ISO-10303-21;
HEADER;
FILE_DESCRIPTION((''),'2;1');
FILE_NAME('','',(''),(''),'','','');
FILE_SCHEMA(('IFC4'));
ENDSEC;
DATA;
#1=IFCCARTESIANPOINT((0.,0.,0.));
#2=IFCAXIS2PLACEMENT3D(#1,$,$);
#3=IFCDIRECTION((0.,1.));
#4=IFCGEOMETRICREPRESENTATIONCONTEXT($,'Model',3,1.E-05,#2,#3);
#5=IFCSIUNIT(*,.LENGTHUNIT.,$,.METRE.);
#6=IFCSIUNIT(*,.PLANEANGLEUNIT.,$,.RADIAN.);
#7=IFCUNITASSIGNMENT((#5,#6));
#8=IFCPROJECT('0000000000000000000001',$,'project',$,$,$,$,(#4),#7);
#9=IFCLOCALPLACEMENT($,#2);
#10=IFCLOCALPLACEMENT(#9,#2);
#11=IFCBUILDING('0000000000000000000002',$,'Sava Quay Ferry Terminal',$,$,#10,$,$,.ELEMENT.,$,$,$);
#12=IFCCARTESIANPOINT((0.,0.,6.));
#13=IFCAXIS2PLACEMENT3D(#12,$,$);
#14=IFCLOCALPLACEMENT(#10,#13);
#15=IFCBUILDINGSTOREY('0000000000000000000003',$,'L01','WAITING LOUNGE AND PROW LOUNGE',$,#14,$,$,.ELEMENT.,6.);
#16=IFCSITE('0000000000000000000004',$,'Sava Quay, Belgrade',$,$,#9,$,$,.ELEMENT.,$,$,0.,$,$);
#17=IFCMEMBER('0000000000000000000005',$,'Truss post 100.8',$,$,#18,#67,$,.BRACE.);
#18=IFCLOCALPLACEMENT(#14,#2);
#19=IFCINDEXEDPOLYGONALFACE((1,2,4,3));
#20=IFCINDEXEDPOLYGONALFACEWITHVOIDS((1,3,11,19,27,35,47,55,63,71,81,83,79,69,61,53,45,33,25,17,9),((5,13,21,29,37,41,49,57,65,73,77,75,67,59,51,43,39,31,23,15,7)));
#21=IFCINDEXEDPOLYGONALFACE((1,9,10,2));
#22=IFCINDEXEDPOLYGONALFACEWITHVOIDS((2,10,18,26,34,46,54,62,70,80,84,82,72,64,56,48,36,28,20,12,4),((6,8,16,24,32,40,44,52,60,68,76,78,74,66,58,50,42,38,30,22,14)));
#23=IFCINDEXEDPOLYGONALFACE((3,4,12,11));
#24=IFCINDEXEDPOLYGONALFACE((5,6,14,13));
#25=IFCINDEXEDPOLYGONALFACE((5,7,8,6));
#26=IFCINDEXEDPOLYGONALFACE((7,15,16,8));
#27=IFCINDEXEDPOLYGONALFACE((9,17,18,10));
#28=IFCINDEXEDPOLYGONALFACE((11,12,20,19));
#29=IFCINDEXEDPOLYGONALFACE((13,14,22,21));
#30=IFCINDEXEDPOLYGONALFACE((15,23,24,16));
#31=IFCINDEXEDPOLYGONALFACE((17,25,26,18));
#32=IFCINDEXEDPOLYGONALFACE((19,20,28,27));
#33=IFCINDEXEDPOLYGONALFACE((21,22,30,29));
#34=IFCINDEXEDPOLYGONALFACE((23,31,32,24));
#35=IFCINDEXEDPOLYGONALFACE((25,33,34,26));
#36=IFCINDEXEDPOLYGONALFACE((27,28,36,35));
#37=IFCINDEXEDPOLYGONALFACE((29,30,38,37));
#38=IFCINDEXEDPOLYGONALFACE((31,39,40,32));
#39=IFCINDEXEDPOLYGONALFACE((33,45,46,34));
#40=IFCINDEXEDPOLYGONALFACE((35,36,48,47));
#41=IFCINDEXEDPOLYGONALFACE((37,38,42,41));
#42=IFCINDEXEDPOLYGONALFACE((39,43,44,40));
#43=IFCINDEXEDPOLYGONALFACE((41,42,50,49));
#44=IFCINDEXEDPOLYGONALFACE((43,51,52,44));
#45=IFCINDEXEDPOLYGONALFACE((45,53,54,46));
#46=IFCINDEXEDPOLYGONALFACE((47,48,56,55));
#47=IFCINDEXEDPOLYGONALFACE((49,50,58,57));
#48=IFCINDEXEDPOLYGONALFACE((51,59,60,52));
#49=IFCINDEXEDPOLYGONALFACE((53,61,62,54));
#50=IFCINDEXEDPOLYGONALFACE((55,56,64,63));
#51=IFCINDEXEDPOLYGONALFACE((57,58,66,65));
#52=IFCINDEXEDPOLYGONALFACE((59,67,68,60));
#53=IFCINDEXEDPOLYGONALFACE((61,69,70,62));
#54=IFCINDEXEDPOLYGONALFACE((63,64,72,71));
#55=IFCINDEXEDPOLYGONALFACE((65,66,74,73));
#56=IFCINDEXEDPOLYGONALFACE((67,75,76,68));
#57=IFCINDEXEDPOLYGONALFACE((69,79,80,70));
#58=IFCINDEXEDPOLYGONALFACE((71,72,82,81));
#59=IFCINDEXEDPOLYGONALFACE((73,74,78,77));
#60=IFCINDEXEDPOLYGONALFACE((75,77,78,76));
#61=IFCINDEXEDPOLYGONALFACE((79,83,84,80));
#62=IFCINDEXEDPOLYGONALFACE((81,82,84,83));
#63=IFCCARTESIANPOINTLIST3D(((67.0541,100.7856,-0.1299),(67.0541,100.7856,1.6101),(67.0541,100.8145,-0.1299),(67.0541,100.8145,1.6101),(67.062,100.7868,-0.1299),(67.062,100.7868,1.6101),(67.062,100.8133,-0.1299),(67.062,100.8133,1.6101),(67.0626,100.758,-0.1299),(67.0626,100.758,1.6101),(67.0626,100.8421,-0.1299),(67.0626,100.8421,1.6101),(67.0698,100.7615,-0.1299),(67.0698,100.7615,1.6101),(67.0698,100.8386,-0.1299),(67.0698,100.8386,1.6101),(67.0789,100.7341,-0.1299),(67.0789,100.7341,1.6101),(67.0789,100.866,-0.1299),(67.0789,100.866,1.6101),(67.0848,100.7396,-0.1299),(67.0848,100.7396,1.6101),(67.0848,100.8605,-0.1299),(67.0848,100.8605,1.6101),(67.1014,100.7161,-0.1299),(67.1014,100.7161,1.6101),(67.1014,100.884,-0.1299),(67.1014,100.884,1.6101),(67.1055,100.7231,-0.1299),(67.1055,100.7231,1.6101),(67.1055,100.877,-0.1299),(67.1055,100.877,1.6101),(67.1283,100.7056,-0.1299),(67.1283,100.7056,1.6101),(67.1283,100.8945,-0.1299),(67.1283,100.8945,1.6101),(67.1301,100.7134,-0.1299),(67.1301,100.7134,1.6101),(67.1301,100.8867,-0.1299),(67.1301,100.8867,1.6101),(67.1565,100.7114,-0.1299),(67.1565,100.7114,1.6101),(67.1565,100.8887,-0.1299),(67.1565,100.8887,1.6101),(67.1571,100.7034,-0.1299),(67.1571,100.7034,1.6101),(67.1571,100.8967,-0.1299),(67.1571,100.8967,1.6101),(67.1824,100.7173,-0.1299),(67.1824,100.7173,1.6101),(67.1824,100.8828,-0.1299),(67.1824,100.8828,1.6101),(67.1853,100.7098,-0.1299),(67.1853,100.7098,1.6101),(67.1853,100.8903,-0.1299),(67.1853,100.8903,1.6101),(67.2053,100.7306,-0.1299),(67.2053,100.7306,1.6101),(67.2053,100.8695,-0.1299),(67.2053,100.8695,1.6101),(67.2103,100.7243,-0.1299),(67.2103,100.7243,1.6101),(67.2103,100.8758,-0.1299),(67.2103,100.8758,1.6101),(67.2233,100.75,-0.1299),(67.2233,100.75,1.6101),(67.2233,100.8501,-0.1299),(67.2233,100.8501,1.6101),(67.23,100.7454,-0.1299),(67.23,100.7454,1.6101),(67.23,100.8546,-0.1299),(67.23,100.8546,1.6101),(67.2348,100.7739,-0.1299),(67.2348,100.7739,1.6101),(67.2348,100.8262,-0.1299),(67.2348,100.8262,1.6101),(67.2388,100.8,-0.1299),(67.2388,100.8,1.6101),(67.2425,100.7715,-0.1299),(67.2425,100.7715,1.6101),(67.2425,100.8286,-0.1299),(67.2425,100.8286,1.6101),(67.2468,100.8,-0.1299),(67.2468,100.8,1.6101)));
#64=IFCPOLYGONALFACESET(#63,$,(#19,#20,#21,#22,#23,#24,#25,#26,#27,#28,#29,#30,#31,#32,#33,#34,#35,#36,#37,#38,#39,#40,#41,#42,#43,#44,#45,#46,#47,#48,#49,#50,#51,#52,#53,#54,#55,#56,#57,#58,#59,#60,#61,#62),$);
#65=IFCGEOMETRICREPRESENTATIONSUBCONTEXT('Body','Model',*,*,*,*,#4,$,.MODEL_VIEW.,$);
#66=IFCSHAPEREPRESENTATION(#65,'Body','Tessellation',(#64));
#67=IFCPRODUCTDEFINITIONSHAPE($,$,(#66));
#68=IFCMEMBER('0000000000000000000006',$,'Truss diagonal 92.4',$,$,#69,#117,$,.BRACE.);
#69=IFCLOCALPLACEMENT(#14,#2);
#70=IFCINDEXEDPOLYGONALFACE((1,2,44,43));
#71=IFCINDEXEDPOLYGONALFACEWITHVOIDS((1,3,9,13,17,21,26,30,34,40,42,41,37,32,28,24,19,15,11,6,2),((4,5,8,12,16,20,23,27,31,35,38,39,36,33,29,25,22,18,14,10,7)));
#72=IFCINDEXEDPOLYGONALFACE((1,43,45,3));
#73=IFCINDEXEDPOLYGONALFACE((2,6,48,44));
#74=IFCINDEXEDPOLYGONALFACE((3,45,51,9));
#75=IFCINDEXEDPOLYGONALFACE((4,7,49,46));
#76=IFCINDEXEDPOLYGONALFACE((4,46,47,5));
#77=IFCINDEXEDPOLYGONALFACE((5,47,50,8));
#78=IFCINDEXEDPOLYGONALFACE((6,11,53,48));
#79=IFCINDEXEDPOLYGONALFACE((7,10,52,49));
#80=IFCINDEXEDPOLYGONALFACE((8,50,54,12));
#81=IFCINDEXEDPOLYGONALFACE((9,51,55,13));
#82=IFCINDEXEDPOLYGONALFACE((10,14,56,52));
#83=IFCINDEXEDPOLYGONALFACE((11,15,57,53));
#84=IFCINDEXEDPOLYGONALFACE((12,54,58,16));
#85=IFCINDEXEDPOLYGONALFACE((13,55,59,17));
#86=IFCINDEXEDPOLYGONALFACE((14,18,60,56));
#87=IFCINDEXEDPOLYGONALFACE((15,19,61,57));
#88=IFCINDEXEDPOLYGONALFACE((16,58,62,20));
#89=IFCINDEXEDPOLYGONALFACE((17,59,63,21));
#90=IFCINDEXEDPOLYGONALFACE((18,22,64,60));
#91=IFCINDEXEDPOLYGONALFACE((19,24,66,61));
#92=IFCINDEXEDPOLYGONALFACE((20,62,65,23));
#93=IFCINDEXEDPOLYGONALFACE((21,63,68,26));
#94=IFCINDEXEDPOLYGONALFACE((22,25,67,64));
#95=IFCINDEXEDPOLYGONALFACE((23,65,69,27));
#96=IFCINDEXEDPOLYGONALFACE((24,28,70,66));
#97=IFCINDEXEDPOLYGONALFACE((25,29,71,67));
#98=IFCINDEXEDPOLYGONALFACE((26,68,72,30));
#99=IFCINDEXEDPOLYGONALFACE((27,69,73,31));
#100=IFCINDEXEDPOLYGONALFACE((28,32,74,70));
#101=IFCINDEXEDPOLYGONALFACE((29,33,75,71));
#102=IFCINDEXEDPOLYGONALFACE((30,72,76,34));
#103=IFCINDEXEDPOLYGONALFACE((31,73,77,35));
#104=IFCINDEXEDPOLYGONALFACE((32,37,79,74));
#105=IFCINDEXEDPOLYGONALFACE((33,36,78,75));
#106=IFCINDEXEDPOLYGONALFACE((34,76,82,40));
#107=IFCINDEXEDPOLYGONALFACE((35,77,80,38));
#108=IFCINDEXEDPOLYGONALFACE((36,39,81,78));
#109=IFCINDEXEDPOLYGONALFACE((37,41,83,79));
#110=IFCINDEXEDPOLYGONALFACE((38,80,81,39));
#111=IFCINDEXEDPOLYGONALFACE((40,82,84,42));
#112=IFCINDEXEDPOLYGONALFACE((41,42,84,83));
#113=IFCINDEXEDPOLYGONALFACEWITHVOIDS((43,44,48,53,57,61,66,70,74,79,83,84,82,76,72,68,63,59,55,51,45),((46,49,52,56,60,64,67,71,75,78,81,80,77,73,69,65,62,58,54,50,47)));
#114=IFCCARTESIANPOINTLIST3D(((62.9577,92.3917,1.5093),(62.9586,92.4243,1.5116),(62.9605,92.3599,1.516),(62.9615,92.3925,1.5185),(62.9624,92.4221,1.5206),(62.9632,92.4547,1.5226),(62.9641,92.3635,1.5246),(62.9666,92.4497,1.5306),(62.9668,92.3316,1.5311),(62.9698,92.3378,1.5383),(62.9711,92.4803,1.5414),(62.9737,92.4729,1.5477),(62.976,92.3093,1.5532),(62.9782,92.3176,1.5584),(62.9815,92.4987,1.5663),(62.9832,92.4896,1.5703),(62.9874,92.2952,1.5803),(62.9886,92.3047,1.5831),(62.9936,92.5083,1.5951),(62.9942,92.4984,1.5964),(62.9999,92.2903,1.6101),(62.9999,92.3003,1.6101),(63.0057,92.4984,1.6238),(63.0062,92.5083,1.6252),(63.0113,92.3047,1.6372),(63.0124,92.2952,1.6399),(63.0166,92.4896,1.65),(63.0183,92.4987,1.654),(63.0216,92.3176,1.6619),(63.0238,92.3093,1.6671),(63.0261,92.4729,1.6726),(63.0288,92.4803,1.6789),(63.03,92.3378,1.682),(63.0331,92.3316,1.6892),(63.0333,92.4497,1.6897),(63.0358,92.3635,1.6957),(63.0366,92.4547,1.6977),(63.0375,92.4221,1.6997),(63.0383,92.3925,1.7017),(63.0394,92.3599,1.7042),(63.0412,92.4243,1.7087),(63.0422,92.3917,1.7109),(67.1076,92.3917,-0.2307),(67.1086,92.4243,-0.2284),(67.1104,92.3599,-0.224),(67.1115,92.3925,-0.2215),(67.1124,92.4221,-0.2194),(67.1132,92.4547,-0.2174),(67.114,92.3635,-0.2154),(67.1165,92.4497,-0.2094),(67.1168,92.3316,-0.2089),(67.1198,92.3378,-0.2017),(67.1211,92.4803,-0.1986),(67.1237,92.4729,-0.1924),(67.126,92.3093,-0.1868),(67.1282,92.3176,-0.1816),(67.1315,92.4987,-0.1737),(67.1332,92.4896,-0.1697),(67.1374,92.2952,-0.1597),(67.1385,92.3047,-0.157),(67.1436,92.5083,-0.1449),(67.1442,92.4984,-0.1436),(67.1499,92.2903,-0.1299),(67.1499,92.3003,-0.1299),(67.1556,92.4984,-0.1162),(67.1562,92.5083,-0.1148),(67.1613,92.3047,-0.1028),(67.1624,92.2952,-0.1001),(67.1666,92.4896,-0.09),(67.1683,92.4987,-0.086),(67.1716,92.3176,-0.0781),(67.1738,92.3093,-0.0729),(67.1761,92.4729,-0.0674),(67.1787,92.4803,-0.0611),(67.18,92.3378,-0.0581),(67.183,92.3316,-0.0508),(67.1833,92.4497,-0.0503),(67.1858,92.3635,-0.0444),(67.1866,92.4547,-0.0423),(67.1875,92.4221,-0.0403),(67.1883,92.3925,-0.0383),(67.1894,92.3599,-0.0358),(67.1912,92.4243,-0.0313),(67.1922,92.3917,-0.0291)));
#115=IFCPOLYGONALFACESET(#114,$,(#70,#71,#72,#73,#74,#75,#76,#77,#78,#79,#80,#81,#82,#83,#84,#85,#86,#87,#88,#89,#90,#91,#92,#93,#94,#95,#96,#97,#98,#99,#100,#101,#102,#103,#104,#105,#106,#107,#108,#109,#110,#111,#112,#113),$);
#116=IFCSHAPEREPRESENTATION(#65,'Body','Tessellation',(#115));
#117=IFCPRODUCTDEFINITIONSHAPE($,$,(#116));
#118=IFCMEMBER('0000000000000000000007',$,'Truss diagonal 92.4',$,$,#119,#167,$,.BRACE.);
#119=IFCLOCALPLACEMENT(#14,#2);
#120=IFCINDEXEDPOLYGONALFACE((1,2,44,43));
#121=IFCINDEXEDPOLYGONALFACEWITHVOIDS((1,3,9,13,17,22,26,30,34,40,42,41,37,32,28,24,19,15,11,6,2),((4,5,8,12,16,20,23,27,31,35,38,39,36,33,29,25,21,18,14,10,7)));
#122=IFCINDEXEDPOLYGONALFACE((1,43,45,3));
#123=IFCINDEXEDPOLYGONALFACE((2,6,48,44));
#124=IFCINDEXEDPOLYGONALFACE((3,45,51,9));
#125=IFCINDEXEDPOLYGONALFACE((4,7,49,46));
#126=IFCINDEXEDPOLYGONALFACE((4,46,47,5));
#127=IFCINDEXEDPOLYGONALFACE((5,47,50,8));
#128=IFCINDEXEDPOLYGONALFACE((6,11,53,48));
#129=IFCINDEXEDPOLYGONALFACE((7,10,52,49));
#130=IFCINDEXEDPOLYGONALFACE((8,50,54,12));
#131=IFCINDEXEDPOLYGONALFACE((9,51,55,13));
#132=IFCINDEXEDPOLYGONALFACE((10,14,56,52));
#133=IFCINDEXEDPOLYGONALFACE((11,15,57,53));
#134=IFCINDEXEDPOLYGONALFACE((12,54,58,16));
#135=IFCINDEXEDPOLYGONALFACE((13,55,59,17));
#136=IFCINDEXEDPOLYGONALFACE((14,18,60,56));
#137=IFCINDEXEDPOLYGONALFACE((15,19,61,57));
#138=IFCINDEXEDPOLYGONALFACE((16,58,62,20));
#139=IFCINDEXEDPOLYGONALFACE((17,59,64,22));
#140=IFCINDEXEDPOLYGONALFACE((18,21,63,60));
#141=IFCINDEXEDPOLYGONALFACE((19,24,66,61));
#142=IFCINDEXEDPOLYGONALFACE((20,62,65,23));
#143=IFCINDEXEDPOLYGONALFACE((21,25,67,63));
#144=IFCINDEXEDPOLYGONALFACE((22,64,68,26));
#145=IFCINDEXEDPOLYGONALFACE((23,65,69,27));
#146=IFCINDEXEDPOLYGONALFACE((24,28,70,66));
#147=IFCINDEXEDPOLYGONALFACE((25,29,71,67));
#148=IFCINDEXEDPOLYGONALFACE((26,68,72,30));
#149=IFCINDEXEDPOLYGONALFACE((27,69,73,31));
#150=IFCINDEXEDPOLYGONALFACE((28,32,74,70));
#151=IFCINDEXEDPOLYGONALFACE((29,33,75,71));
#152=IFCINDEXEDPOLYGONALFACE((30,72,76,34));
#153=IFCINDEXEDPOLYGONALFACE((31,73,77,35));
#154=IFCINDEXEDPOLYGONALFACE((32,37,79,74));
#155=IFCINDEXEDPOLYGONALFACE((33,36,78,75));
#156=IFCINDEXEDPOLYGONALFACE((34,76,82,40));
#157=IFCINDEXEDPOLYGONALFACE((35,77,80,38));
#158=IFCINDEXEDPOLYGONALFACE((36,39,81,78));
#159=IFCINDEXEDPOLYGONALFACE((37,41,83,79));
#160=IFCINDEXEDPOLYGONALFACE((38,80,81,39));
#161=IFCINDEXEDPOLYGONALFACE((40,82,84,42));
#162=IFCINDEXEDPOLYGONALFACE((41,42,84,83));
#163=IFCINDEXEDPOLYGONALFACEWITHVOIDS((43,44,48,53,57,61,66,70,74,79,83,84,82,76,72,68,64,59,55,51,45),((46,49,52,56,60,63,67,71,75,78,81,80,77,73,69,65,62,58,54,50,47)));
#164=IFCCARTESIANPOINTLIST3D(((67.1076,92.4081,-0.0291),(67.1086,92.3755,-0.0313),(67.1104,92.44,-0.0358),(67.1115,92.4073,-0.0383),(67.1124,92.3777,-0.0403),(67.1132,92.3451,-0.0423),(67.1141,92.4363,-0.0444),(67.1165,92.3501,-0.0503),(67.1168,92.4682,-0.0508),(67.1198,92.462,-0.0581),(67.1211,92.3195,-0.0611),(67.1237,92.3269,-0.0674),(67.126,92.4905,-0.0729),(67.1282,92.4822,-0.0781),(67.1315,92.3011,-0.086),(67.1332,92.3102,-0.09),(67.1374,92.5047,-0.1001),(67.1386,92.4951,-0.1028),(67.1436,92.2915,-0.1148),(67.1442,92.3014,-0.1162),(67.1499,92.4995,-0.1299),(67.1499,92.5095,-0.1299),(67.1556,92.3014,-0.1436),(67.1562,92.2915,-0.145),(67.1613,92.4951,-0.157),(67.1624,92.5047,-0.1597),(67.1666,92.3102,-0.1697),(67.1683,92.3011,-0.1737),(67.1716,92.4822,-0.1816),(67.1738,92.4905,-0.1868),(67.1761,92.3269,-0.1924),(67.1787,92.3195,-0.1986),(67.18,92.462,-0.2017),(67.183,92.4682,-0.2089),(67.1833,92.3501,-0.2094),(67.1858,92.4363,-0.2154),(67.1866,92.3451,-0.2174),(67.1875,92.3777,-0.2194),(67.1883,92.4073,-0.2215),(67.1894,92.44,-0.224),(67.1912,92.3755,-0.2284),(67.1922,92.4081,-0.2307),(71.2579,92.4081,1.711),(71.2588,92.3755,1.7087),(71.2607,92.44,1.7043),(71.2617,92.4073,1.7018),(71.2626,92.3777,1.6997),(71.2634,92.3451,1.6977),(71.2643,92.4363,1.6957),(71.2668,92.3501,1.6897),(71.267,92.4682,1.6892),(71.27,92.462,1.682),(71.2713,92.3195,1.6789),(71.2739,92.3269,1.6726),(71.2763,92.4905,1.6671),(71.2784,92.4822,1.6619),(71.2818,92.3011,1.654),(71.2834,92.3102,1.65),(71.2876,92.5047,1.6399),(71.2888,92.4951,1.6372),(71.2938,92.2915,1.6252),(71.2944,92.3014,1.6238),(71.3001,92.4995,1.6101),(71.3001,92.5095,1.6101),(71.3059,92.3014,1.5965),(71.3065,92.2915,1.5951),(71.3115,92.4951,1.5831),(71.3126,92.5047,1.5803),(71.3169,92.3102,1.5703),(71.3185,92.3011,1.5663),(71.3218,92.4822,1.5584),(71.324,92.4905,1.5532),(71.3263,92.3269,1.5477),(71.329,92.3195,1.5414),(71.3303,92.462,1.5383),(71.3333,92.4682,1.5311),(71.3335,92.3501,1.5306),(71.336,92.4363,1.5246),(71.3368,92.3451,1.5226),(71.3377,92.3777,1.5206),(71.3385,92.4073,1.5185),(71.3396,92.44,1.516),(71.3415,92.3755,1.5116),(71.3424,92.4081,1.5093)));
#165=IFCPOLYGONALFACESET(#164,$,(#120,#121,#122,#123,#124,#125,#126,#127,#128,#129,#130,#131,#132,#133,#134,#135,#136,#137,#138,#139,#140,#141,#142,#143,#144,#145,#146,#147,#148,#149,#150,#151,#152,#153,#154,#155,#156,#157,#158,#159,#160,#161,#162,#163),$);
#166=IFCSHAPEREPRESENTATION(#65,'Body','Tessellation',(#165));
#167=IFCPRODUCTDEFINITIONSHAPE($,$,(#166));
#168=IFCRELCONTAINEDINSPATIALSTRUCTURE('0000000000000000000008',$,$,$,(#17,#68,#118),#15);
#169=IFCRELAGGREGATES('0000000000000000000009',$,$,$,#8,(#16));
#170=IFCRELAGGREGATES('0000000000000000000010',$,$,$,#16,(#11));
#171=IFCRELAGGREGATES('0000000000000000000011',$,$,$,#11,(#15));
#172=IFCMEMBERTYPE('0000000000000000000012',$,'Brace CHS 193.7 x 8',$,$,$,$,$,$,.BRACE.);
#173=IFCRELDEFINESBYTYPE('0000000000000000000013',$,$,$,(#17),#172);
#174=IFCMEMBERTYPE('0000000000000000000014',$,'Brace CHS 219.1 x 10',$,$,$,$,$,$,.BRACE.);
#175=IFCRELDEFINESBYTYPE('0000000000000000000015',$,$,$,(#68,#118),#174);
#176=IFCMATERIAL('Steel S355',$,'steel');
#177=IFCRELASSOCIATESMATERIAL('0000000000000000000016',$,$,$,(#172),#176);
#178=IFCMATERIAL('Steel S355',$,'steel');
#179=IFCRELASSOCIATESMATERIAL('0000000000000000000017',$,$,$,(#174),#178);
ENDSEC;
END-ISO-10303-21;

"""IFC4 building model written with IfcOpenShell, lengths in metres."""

from ifc_helpers import new_model, si_unit, direction, frame, origin, origin_2d, place, context, subcontext, project, spatial, hollow_circle, extrude, material, material_profile, profile_set, type_object, element, save


model = new_model("IFC4")

# Units and contexts
model_context = context("Model", 3, precision=1e-05, world=origin(), true_north=direction((0.0, 1.0)))
body_context = subcontext(model_context, "Body", "Model", "MODEL_VIEW")
ifc_project = project(units=[si_unit("LENGTHUNIT", "METRE"), si_unit("PLANEANGLEUNIT", "RADIAN")], contexts=[model_context])

# Site, building, storey
site_placement = place(None, origin())
site = spatial("IfcSite", under=ifc_project, at=site_placement, Name="Sava Quay, Belgrade", CompositionType="ELEMENT", RefElevation=0.0)
building_placement = place(site_placement, origin())
building = spatial("IfcBuilding", under=site, at=building_placement, Name="Sava Quay Ferry Terminal", CompositionType="ELEMENT")
storey_placement = place(building_placement, frame((0.0, 0.0, 6.0)))
storey = spatial("IfcBuildingStorey", under=building, at=storey_placement, Name="L01", Description="WAITING LOUNGE AND PROW LOUNGE", CompositionType="ELEMENT", Elevation=6.0)

# Members
ifc_material_1 = material(Name="Steel S355", Category="steel")
ifc_material_profile_1 = material_profile(ifc_material_1, hollow_circle(Radius=0.0969, WallThickness=0.0081, at=origin_2d()), Name="CHS 193.7 x 8")
ifc_profile_set_1 = profile_set([ifc_material_profile_1], Name="Steel S355")
member_type_1 = type_object("IfcMemberType", Name="Brace CHS 193.7 x 8", PredefinedType="BRACE", material=ifc_profile_set_1)
for number, where, z_axis, x_axis, name in (
    (1, (67.1499, 100.8, -0.1299), (0.0, 0.0, 1.0), (1.0, 0.0, 0.0), "Truss post 100.8"),
):
    element("IfcMember", number, at=place(storey_placement, frame(where, z_axis=z_axis, x_axis=x_axis)), inside=storey, type_object=member_type_1, Name=name, PredefinedType="BRACE", context=body_context, shape_type="SweptSolid", body=[
        extrude(hollow_circle(Radius=0.0969, WallThickness=0.0081, at=origin_2d()), origin(), (0.0, 0.0, 1.0), 1.74),
    ])
ifc_material_2 = material(Name="Steel S355", Category="steel")
ifc_material_profile_2 = material_profile(ifc_material_2, hollow_circle(Radius=0.1096, WallThickness=0.01, at=origin_2d()), Name="CHS 219.1 x 10")
ifc_profile_set_2 = profile_set([ifc_material_profile_2], Name="Steel S355")
member_type_2 = type_object("IfcMemberType", Name="Brace CHS 219.1 x 10", PredefinedType="BRACE", material=ifc_profile_set_2)
member_1_placement = place(storey_placement, frame((67.1499, 92.3999, -0.1299), z_axis=(-0.922217, 0.0, 0.386672), x_axis=(0.0, -1.0, 0.0)))
element("IfcMember", 2, at=member_1_placement, inside=storey, type_object=member_type_2, Name="Truss diagonal 92.4", PredefinedType="BRACE", context=body_context, shape_type="SweptSolid", body=[
    extrude(hollow_circle(Radius=0.1096, WallThickness=0.01, at=origin_2d()), origin(), (0.0, 0.0, 1.0), 4.5),
])
for number, where, z_axis, x_axis, name in (
    (3, (67.1499, 92.3999, -0.1299), (0.922226, 0.0, 0.386652), (0.0, 1.0, 0.0), "Truss diagonal 92.4"),
):
    element("IfcMember", number, at=place(storey_placement, frame(where, z_axis=z_axis, x_axis=x_axis)), inside=storey, type_object=member_type_2, Name=name, PredefinedType="BRACE", context=body_context, shape_type="SweptSolid", body=[
        extrude(hollow_circle(Radius=0.1096, WallThickness=0.01, at=origin_2d()), origin(), (0.0, 0.0, 1.0), 4.5002),
    ])

save(model, "model.ifc")
